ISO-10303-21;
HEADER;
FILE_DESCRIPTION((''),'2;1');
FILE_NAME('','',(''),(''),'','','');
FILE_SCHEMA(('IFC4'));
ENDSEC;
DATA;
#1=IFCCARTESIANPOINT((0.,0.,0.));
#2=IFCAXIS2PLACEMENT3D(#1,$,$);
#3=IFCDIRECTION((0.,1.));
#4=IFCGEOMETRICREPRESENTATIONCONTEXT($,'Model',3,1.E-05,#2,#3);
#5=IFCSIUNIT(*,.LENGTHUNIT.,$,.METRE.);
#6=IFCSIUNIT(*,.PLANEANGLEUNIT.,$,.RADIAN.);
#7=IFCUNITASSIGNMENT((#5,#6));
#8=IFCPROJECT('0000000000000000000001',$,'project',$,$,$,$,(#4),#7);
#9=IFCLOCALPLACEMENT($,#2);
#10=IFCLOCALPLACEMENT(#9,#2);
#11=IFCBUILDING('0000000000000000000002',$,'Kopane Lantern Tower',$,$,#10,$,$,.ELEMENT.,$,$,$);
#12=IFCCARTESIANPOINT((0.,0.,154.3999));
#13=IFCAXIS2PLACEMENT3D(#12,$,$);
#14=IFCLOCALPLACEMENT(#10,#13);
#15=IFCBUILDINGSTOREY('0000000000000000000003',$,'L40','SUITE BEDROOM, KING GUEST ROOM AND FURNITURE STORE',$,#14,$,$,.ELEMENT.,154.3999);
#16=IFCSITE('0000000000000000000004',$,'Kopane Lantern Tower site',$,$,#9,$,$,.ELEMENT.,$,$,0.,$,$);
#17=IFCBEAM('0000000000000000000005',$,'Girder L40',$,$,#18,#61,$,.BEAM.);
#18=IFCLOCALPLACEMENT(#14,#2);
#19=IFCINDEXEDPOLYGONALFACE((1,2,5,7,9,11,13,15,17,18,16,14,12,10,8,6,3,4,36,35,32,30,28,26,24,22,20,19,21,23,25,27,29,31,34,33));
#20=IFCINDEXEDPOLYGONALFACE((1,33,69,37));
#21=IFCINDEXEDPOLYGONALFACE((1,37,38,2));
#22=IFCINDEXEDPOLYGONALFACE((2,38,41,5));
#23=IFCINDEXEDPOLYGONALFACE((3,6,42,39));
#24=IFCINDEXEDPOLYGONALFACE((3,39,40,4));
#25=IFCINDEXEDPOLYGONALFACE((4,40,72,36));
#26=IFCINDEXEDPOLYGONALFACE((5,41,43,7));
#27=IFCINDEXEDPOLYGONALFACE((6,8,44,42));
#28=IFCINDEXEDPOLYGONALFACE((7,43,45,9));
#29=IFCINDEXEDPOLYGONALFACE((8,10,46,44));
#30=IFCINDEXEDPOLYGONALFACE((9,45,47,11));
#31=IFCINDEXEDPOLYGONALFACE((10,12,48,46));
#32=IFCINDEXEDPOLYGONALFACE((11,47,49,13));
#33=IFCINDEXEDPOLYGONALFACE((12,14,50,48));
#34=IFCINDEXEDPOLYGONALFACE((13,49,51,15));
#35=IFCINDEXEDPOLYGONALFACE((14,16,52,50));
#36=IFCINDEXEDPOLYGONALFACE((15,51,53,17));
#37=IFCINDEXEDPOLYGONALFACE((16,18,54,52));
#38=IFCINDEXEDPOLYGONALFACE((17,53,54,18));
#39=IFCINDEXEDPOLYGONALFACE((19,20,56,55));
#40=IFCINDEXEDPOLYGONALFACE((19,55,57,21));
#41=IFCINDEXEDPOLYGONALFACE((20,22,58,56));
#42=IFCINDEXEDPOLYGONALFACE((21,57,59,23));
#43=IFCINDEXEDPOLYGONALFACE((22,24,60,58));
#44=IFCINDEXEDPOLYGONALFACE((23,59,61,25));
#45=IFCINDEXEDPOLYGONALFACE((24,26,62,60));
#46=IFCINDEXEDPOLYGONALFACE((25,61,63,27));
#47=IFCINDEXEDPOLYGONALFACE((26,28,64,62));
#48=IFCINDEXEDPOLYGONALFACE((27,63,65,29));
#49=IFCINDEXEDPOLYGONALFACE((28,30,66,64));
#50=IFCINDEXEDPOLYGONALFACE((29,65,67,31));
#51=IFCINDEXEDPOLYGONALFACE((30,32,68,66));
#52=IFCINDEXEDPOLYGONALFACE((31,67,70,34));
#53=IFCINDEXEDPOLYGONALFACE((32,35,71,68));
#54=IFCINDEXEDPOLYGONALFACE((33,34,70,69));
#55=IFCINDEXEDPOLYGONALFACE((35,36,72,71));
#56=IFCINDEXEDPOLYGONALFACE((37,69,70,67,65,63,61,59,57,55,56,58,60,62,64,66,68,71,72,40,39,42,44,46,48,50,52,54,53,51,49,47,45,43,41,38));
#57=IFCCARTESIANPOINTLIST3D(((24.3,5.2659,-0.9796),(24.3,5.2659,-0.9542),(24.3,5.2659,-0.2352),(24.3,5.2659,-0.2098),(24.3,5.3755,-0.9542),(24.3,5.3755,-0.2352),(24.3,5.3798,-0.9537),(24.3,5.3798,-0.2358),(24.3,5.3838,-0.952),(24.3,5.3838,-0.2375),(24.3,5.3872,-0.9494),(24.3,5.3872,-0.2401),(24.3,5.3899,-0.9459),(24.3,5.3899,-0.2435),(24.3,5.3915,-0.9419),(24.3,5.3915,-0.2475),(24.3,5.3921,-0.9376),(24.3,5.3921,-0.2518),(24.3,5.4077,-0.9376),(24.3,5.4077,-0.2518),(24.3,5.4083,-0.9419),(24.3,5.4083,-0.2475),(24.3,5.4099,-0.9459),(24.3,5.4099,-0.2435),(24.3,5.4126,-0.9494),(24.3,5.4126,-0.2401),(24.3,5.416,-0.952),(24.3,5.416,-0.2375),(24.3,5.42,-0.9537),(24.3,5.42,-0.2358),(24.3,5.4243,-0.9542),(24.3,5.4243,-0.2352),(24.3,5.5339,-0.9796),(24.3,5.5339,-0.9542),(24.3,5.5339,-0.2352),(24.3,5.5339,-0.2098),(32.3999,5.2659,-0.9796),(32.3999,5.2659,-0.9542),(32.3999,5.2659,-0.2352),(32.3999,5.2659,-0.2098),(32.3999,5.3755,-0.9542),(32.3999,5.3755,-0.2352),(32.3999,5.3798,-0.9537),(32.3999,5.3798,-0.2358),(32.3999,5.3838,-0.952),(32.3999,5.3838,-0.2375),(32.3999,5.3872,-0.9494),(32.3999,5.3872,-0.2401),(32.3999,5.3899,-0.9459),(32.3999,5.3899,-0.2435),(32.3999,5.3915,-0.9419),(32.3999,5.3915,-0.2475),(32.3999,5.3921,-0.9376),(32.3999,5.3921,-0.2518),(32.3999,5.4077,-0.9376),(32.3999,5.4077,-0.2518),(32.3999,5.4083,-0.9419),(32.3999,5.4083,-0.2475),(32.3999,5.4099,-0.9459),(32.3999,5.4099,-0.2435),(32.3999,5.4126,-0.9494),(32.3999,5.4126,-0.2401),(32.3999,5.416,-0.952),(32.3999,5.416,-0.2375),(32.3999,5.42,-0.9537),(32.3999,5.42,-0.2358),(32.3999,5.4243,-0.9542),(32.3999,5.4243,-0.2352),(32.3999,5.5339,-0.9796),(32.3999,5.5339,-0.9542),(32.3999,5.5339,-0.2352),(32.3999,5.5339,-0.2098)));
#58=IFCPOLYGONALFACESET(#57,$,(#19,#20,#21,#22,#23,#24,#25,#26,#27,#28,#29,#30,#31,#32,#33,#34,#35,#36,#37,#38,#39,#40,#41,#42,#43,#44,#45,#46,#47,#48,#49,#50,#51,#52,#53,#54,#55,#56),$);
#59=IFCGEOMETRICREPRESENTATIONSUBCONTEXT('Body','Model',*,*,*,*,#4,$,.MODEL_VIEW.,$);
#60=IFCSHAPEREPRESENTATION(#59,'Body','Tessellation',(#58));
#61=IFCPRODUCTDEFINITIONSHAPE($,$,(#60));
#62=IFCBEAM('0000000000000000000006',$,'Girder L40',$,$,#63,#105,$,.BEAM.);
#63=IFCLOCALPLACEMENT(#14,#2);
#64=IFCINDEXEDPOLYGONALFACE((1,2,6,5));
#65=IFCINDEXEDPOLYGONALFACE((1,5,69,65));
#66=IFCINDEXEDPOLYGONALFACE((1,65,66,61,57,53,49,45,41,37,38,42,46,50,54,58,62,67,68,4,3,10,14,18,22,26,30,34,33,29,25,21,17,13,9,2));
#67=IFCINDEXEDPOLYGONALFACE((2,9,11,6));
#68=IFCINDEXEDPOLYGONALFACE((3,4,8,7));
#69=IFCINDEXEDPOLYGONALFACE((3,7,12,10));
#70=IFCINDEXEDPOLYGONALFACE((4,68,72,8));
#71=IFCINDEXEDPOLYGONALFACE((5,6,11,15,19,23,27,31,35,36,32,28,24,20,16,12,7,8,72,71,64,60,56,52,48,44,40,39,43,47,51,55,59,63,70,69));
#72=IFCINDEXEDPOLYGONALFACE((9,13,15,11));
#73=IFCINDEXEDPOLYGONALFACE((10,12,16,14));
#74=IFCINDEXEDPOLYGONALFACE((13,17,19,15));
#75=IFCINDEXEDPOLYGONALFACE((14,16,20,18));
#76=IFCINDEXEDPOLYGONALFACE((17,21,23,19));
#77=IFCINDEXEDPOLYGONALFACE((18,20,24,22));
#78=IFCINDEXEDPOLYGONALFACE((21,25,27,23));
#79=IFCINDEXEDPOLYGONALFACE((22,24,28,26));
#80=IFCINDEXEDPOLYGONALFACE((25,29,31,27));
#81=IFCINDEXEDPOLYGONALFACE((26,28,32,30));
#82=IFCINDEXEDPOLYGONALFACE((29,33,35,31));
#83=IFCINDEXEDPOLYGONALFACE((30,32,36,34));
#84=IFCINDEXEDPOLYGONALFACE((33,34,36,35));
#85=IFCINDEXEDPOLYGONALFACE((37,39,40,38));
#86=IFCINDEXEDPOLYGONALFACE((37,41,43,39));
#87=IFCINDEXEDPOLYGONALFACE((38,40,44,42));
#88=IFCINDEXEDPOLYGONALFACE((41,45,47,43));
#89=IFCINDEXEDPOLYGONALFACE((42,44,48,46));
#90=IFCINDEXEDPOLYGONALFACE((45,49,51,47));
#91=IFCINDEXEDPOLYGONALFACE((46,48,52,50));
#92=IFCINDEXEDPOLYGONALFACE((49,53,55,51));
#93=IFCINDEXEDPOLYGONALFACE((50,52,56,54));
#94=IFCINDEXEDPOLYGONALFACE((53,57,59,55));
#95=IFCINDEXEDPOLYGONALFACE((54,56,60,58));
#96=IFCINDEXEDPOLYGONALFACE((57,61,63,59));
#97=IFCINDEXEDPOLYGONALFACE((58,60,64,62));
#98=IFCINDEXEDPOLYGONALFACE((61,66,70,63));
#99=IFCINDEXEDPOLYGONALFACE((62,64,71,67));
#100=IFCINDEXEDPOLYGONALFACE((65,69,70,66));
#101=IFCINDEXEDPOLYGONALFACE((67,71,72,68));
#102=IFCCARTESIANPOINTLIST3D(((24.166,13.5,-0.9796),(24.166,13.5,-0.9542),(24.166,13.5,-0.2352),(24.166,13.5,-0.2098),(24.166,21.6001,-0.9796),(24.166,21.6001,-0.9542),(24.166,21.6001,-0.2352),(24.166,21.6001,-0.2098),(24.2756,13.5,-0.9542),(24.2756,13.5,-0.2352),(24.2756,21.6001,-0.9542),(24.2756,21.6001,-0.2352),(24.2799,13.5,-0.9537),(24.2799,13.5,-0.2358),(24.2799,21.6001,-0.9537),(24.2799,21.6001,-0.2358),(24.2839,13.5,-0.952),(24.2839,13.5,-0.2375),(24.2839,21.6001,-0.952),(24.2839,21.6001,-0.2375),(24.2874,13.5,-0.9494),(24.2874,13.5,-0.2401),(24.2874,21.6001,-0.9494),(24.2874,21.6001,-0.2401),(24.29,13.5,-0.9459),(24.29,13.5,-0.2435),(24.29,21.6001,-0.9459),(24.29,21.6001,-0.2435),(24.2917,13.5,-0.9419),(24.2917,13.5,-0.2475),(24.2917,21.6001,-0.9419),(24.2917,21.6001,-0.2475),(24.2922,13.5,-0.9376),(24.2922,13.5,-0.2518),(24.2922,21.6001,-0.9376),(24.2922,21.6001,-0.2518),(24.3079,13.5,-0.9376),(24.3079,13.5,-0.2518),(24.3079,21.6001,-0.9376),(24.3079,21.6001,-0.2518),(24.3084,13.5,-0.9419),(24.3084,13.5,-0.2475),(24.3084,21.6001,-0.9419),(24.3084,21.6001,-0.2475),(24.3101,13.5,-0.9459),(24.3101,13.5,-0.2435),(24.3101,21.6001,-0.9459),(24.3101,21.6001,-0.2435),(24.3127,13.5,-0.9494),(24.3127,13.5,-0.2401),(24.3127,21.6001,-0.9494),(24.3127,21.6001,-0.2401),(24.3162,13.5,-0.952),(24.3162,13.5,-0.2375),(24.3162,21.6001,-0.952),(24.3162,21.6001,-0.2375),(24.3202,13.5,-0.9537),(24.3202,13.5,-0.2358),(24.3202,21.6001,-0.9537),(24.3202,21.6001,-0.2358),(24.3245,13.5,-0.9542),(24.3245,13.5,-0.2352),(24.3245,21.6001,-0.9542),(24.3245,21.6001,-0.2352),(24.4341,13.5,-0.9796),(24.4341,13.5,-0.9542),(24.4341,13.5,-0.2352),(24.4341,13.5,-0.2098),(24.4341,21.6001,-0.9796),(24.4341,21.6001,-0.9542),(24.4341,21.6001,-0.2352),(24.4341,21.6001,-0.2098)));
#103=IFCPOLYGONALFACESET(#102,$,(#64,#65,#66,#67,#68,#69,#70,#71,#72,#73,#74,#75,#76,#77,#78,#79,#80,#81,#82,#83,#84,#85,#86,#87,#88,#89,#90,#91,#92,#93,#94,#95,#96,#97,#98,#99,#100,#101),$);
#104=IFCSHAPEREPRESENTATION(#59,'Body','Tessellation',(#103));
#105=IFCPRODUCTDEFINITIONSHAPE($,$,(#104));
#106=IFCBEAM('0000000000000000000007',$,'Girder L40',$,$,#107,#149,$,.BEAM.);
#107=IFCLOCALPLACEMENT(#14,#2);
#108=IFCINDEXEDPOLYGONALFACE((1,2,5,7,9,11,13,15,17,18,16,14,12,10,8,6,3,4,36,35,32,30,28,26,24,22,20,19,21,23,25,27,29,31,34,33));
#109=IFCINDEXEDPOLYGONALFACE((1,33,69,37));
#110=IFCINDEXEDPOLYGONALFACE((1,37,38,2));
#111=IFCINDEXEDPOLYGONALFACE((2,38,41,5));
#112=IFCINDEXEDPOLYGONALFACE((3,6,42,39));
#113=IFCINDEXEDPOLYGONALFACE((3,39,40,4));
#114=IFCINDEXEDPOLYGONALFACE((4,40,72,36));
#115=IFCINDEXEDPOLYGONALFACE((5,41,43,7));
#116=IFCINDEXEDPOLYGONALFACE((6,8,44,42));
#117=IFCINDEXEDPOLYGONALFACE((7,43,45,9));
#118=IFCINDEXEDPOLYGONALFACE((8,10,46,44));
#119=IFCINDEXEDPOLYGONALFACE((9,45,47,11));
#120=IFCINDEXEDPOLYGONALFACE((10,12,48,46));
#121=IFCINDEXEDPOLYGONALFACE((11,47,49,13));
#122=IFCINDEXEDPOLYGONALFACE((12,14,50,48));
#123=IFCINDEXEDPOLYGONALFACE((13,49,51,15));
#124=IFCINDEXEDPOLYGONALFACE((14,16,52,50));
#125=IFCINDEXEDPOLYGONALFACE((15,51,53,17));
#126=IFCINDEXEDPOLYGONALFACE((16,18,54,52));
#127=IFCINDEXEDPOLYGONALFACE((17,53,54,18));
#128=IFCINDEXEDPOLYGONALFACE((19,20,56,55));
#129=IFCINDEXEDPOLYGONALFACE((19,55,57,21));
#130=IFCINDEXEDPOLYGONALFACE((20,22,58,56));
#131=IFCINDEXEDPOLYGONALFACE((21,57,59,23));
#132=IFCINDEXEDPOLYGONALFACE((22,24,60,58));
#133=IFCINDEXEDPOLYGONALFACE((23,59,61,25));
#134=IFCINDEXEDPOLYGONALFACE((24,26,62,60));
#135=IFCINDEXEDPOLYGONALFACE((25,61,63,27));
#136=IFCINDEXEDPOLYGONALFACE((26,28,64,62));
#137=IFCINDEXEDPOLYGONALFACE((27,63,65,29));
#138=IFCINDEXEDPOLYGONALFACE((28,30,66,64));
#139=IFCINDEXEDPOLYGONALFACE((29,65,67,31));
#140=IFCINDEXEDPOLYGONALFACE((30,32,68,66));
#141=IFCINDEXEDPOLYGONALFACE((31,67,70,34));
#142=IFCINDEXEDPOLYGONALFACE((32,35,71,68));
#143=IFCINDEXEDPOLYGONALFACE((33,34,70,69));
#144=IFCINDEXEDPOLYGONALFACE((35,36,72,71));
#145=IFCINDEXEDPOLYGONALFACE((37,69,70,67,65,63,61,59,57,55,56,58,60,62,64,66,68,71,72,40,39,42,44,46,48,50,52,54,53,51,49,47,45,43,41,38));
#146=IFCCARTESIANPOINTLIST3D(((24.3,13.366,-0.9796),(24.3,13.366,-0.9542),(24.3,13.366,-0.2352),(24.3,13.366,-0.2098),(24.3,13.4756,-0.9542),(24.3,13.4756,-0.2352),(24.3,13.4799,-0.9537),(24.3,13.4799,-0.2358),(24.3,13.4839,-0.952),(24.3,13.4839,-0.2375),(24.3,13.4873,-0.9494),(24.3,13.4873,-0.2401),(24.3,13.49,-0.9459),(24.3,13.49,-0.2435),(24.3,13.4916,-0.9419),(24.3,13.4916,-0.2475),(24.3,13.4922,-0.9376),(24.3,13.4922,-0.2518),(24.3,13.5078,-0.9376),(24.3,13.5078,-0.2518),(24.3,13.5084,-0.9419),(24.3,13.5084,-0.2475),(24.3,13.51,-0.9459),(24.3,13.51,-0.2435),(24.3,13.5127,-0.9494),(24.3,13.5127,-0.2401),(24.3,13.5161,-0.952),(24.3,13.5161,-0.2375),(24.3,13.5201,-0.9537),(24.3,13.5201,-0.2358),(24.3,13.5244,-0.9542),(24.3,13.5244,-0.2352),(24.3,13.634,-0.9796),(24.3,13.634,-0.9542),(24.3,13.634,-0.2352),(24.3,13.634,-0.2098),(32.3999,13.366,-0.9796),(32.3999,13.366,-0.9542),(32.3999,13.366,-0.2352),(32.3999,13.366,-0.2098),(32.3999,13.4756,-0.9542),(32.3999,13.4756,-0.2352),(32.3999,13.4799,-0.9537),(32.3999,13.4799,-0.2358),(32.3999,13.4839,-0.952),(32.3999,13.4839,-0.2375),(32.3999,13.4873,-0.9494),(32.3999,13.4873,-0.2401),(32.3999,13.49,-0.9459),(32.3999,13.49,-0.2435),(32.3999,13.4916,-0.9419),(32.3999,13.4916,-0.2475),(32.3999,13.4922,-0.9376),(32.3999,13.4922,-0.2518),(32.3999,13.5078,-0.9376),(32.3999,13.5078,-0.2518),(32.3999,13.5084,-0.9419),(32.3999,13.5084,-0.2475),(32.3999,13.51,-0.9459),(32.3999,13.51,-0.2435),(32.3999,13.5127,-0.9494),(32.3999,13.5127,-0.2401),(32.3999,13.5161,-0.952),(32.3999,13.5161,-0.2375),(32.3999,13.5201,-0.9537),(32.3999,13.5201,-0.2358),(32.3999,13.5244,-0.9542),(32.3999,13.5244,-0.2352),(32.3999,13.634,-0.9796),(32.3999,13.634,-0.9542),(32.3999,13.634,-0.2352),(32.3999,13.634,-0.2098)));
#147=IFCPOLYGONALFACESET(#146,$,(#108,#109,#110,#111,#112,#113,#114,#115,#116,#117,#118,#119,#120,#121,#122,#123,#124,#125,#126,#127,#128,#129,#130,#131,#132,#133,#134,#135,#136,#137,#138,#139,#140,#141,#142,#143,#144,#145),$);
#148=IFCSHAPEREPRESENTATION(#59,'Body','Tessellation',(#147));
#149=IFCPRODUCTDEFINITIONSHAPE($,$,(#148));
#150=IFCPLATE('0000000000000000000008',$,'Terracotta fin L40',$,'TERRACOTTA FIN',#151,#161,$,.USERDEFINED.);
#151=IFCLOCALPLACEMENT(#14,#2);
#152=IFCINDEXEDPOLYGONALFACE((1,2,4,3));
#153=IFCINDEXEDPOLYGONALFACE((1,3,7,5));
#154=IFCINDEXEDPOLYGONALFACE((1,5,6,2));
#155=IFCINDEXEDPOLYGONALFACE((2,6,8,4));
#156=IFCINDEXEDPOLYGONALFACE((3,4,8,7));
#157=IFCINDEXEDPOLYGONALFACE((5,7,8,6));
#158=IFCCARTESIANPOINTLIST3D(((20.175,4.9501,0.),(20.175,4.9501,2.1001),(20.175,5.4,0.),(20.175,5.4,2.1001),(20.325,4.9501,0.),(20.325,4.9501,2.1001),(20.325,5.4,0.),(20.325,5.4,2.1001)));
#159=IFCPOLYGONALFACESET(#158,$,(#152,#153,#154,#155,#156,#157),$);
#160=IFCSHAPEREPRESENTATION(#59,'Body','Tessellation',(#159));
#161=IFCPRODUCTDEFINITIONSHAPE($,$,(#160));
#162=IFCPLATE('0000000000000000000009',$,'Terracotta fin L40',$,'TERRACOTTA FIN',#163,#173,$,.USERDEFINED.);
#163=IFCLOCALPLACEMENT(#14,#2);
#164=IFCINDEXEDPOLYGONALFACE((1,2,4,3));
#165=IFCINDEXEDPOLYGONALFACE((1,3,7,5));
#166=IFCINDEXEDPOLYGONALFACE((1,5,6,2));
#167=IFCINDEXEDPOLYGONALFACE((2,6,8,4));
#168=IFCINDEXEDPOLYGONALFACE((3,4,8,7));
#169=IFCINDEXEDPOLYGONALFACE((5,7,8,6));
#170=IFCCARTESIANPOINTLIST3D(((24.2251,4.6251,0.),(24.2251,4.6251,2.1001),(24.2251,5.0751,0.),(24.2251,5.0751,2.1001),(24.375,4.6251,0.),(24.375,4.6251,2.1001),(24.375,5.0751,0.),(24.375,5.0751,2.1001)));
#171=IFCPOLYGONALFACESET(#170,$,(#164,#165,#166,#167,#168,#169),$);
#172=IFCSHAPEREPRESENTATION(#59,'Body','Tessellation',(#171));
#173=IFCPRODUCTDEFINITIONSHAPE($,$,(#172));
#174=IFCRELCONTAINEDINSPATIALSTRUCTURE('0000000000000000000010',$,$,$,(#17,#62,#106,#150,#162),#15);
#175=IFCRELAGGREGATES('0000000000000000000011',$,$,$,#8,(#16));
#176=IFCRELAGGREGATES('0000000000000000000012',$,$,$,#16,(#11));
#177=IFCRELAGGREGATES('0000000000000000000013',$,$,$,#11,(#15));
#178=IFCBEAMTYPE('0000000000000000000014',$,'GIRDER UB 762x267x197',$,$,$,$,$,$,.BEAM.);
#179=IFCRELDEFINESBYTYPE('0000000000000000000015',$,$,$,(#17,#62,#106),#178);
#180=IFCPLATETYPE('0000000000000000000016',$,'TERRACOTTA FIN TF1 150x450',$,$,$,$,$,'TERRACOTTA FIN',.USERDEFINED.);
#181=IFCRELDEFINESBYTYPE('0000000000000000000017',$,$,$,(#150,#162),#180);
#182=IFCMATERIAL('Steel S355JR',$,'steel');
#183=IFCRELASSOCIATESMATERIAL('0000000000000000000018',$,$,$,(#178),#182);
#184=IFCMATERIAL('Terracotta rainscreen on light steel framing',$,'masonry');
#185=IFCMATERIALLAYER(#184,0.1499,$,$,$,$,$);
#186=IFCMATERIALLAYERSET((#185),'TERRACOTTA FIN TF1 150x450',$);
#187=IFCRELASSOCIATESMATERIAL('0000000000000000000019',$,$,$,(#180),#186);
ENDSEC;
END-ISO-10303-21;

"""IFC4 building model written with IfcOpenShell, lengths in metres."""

from ifc_helpers import new_model, si_unit, direction, frame, origin, origin_2d, place, context, subcontext, project, spatial, rectangle, i_section, extrude, material, layer, layer_set, material_profile, profile_set, type_object, element, save


model = new_model("IFC4")

# Units and contexts
model_context = context("Model", 3, precision=1e-05, world=origin(), true_north=direction((0.0, 1.0)))
body_context = subcontext(model_context, "Body", "Model", "MODEL_VIEW")
ifc_project = project(units=[si_unit("LENGTHUNIT", "METRE"), si_unit("PLANEANGLEUNIT", "RADIAN")], contexts=[model_context])

# Site, building, storey
site_placement = place(None, origin())
site = spatial("IfcSite", under=ifc_project, at=site_placement, Name="Kopane Lantern Tower site", CompositionType="ELEMENT", RefElevation=0.0)
building_placement = place(site_placement, origin())
building = spatial("IfcBuilding", under=site, at=building_placement, Name="Kopane Lantern Tower", CompositionType="ELEMENT")
storey_placement = place(building_placement, frame((0.0, 0.0, 154.3999)))
storey = spatial("IfcBuildingStorey", under=building, at=storey_placement, Name="L40", Description="SUITE BEDROOM, KING GUEST ROOM AND FURNITURE STORE", CompositionType="ELEMENT", Elevation=154.3999)

# Beams
ifc_material_1 = material(Name="Steel S355JR", Category="steel")
ifc_material_profile_1 = material_profile(ifc_material_1, i_section(OverallWidth=0.2681, OverallDepth=0.7698, WebThickness=0.0156, FlangeThickness=0.0254, FilletRadius=0.0166, at=origin_2d()), Name="UB 762x267x197")
ifc_profile_set_1 = profile_set([ifc_material_profile_1], Name="Steel S355JR")
beam_type = type_object("IfcBeamType", Name="GIRDER UB 762x267x197", PredefinedType="BEAM", material=ifc_profile_set_1)
beam_1_placement = place(storey_placement, frame((24.3, 5.3999, -0.5947), z_axis=(1.0, 0.0, 0.0), x_axis=(0.0, 1.0, 0.0)))
element("IfcBeam", 1, at=beam_1_placement, inside=storey, type_object=beam_type, Name="Girder L40", PredefinedType="BEAM", context=body_context, shape_type="SweptSolid", body=[
    extrude(i_section(OverallWidth=0.2681, OverallDepth=0.7698, WebThickness=0.0156, FlangeThickness=0.0254, FilletRadius=0.0166, at=origin_2d()), origin(), (0.0, 0.0, 1.0), 8.0999),
])
beam_2_placement = place(storey_placement, frame((24.3, 13.5, -0.5947), z_axis=(0.0, 1.0, 0.0), x_axis=(-1.0, 0.0, 0.0)))
element("IfcBeam", 2, at=beam_2_placement, inside=storey, type_object=beam_type, Name="Girder L40", PredefinedType="BEAM", context=body_context, shape_type="SweptSolid", body=[
    extrude(i_section(OverallWidth=0.2681, OverallDepth=0.7698, WebThickness=0.0156, FlangeThickness=0.0254, FilletRadius=0.0166, at=origin_2d()), origin(), (0.0, 0.0, 1.0), 8.1001),
])
beam_3_placement = place(storey_placement, frame((24.3, 13.5, -0.5947), z_axis=(1.0, 0.0, 0.0), x_axis=(0.0, 1.0, 0.0)))
element("IfcBeam", 3, at=beam_3_placement, inside=storey, type_object=beam_type, Name="Girder L40", PredefinedType="BEAM", context=body_context, shape_type="SweptSolid", body=[
    extrude(i_section(OverallWidth=0.2681, OverallDepth=0.7698, WebThickness=0.0156, FlangeThickness=0.0254, FilletRadius=0.0166, at=origin_2d()), origin(), (0.0, 0.0, 1.0), 8.0999),
])

# Plates
ifc_material_2 = material(Name="Terracotta rainscreen on light steel framing", Category="masonry")
ifc_layer_1 = layer(ifc_material_2, 0.1499)
ifc_layer_set_1 = layer_set([ifc_layer_1], Name="TERRACOTTA FIN TF1 150x450")
plate_type = type_object("IfcPlateType", Name="TERRACOTTA FIN TF1 150x450", ElementType="TERRACOTTA FIN", PredefinedType="USERDEFINED", material=ifc_layer_set_1)
for number, where, z_axis, x_axis, name in (
    (4, (20.25, 5.175, 0.0), (0.0, 0.0, 1.0), (1.0, 0.0, 0.0), "Terracotta fin L40"),
    (5, (24.3, 4.8501, 0.0), (0.0, 0.0, 1.0), (1.0, 0.0, 0.0), "Terracotta fin L40"),
):
    element("IfcPlate", number, at=place(storey_placement, frame(where, z_axis=z_axis, x_axis=x_axis)), inside=storey, type_object=plate_type, Name=name, ObjectType="TERRACOTTA FIN", PredefinedType="USERDEFINED", context=body_context, shape_type="SweptSolid", body=[
        extrude(rectangle(XDim=0.1499, YDim=0.45, at=origin_2d()), origin(), (0.0, 0.0, 1.0), 2.1001),
    ])

save(model, "model.ifc")
